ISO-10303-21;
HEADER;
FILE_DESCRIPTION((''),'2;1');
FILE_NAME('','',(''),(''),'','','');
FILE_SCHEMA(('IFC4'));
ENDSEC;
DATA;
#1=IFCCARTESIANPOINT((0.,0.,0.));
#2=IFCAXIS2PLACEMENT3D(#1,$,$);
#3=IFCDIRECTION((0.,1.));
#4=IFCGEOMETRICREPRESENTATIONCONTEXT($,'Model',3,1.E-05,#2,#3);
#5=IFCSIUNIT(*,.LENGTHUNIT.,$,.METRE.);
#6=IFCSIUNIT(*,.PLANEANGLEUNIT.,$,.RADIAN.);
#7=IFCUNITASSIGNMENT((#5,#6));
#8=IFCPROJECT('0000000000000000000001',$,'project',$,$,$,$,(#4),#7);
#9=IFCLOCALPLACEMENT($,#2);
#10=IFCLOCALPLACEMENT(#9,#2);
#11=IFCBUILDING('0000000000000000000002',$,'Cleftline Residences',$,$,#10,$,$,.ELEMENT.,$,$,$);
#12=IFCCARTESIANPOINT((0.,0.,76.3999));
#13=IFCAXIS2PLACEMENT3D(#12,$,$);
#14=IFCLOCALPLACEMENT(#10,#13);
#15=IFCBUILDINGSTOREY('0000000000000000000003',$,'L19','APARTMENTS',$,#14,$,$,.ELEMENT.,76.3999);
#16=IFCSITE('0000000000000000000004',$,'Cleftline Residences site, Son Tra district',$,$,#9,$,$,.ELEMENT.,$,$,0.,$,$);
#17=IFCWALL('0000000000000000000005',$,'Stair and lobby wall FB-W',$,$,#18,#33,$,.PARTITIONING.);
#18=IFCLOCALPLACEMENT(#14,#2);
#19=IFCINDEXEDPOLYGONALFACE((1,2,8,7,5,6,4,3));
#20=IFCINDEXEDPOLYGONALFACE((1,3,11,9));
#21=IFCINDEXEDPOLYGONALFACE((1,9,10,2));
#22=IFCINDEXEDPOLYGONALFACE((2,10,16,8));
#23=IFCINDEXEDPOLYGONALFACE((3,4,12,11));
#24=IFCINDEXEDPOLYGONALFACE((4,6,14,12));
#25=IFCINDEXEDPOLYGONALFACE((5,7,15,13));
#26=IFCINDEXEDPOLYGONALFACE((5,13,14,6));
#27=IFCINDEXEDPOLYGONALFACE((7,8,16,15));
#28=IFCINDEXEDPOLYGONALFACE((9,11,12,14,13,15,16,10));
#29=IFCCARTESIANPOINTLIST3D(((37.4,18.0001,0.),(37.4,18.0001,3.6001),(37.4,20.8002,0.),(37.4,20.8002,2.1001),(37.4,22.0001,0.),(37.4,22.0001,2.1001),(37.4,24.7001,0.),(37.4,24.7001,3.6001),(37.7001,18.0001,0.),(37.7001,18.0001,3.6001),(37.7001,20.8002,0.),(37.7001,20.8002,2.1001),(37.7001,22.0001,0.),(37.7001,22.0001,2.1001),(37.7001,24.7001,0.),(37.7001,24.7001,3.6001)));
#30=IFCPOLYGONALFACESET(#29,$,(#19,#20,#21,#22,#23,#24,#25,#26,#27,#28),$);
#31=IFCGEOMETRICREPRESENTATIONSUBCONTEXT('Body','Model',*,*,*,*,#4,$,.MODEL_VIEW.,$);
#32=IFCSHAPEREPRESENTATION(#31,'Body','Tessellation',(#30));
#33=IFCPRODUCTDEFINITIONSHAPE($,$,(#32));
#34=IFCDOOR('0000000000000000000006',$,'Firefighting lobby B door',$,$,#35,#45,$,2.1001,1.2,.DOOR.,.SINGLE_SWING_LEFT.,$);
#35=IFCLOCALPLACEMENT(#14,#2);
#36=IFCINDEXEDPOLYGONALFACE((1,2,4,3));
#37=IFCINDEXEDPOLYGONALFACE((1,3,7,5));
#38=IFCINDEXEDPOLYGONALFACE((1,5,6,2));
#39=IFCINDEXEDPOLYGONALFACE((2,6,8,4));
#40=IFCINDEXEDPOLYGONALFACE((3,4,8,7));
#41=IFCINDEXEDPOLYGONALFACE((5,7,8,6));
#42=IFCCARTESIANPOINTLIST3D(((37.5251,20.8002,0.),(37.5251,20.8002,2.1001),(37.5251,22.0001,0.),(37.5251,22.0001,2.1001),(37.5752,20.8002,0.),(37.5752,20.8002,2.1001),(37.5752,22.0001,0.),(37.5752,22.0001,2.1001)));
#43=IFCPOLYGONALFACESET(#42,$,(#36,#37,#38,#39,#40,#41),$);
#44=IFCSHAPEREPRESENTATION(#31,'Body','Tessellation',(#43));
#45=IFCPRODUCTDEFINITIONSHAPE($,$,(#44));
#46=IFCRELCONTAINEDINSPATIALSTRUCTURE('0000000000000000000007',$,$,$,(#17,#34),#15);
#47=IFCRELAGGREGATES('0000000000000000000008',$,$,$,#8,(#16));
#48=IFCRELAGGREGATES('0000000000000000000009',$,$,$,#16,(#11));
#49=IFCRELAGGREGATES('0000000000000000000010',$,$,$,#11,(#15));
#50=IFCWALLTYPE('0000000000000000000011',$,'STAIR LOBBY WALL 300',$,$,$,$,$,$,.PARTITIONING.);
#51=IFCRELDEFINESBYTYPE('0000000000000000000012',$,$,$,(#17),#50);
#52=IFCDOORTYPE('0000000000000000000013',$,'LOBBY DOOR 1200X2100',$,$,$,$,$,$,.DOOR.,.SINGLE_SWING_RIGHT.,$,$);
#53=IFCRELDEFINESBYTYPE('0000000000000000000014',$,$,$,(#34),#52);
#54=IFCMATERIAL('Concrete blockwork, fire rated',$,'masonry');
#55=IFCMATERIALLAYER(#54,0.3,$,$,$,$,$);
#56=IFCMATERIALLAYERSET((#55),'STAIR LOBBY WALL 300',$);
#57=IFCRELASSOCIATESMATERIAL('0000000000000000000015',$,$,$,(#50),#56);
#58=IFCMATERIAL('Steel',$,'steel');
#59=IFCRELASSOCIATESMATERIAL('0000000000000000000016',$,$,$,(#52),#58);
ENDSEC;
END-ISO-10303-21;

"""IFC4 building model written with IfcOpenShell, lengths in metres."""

from ifc_helpers import new_model, si_unit, direction, frame, frame_2d, origin, place, context, subcontext, project, spatial, rectangle, extrude, material, layer, layer_set, type_object, element, fill, save


model = new_model("IFC4")

# Units and contexts
model_context = context("Model", 3, precision=1e-05, world=origin(), true_north=direction((0.0, 1.0)))
body_context = subcontext(model_context, "Body", "Model", "MODEL_VIEW")
ifc_project = project(units=[si_unit("LENGTHUNIT", "METRE"), si_unit("PLANEANGLEUNIT", "RADIAN")], contexts=[model_context])

# Site, building, storey
site_placement = place(None, origin())
site = spatial("IfcSite", under=ifc_project, at=site_placement, Name="Cleftline Residences site, Son Tra district", CompositionType="ELEMENT", RefElevation=0.0)
building_placement = place(site_placement, origin())
building = spatial("IfcBuilding", under=site, at=building_placement, Name="Cleftline Residences", CompositionType="ELEMENT")
storey_placement = place(building_placement, frame((0.0, 0.0, 76.3999)))
storey = spatial("IfcBuildingStorey", under=building, at=storey_placement, Name="L19", Description="APARTMENTS", CompositionType="ELEMENT", Elevation=76.3999)

# Wall, opening, door
ifc_material_1 = material(Name="Concrete blockwork, fire rated", Category="masonry")
ifc_layer_1 = layer(ifc_material_1, 0.3)
ifc_layer_set_1 = layer_set([ifc_layer_1], Name="STAIR LOBBY WALL 300")
wall_type_1 = type_object("IfcWallType", Name="STAIR LOBBY WALL 300", PredefinedType="PARTITIONING", material=ifc_layer_set_1)
ifc_material_2 = material(Name="Steel", Category="steel")
door_type_1 = type_object("IfcDoorType", Name="LOBBY DOOR 1200X2100", OperationType="SINGLE_SWING_RIGHT", PredefinedType="DOOR", material=ifc_material_2)
wall_1_placement = place(storey_placement, frame((37.55, 18.0, 0.0), z_axis=(0.0, 0.0, 1.0), x_axis=(0.0, 1.0, 0.0)))
wall_1 = element("IfcWall", 1, at=wall_1_placement, inside=storey, type_object=wall_type_1, Name="Stair and lobby wall FB-W", PredefinedType="PARTITIONING", context=body_context, shape_type="SweptSolid", body=[
    extrude(rectangle(XDim=6.7, YDim=0.3, at=frame_2d((3.3501, 0.0))), origin(), (0.0, 0.0, 1.0), 3.6001),
])
opening_1_placement = place(wall_1_placement, frame((2.8, 0.0, 0.0)))
opening_1 = element("IfcOpeningElement", 2, at=opening_1_placement, cuts=wall_1, PredefinedType="OPENING", context=body_context, shape_type="SweptSolid", body=[
    extrude(rectangle(XDim=1.2, YDim=2.1001, at=frame_2d((0.6001, 1.05))), frame((0.0, 0.1599, 0.0), z_axis=(0.0, -1.0, 0.0), x_axis=(1.0, 0.0, 0.0)), (0.0, 0.0, 1.0), 0.3201),
])
door_1_placement = place(opening_1_placement, origin())
door_1 = element("IfcDoor", 3, at=door_1_placement, inside=storey, type_object=door_type_1, Name="Firefighting lobby B door", OperationType="SINGLE_SWING_LEFT", OverallHeight=2.1001, OverallWidth=1.2, PredefinedType="DOOR", context=body_context, shape_type="SweptSolid", body=[
    extrude(rectangle(XDim=1.2, YDim=2.1001, at=frame_2d((0.6001, 1.05))), frame((0.0, 0.0249, 0.0), z_axis=(0.0, -1.0, 0.0), x_axis=(1.0, 0.0, 0.0)), (0.0, 0.0, 1.0), 0.05),
])
fill(opening_1, door_1)

save(model, "model.ifc")
